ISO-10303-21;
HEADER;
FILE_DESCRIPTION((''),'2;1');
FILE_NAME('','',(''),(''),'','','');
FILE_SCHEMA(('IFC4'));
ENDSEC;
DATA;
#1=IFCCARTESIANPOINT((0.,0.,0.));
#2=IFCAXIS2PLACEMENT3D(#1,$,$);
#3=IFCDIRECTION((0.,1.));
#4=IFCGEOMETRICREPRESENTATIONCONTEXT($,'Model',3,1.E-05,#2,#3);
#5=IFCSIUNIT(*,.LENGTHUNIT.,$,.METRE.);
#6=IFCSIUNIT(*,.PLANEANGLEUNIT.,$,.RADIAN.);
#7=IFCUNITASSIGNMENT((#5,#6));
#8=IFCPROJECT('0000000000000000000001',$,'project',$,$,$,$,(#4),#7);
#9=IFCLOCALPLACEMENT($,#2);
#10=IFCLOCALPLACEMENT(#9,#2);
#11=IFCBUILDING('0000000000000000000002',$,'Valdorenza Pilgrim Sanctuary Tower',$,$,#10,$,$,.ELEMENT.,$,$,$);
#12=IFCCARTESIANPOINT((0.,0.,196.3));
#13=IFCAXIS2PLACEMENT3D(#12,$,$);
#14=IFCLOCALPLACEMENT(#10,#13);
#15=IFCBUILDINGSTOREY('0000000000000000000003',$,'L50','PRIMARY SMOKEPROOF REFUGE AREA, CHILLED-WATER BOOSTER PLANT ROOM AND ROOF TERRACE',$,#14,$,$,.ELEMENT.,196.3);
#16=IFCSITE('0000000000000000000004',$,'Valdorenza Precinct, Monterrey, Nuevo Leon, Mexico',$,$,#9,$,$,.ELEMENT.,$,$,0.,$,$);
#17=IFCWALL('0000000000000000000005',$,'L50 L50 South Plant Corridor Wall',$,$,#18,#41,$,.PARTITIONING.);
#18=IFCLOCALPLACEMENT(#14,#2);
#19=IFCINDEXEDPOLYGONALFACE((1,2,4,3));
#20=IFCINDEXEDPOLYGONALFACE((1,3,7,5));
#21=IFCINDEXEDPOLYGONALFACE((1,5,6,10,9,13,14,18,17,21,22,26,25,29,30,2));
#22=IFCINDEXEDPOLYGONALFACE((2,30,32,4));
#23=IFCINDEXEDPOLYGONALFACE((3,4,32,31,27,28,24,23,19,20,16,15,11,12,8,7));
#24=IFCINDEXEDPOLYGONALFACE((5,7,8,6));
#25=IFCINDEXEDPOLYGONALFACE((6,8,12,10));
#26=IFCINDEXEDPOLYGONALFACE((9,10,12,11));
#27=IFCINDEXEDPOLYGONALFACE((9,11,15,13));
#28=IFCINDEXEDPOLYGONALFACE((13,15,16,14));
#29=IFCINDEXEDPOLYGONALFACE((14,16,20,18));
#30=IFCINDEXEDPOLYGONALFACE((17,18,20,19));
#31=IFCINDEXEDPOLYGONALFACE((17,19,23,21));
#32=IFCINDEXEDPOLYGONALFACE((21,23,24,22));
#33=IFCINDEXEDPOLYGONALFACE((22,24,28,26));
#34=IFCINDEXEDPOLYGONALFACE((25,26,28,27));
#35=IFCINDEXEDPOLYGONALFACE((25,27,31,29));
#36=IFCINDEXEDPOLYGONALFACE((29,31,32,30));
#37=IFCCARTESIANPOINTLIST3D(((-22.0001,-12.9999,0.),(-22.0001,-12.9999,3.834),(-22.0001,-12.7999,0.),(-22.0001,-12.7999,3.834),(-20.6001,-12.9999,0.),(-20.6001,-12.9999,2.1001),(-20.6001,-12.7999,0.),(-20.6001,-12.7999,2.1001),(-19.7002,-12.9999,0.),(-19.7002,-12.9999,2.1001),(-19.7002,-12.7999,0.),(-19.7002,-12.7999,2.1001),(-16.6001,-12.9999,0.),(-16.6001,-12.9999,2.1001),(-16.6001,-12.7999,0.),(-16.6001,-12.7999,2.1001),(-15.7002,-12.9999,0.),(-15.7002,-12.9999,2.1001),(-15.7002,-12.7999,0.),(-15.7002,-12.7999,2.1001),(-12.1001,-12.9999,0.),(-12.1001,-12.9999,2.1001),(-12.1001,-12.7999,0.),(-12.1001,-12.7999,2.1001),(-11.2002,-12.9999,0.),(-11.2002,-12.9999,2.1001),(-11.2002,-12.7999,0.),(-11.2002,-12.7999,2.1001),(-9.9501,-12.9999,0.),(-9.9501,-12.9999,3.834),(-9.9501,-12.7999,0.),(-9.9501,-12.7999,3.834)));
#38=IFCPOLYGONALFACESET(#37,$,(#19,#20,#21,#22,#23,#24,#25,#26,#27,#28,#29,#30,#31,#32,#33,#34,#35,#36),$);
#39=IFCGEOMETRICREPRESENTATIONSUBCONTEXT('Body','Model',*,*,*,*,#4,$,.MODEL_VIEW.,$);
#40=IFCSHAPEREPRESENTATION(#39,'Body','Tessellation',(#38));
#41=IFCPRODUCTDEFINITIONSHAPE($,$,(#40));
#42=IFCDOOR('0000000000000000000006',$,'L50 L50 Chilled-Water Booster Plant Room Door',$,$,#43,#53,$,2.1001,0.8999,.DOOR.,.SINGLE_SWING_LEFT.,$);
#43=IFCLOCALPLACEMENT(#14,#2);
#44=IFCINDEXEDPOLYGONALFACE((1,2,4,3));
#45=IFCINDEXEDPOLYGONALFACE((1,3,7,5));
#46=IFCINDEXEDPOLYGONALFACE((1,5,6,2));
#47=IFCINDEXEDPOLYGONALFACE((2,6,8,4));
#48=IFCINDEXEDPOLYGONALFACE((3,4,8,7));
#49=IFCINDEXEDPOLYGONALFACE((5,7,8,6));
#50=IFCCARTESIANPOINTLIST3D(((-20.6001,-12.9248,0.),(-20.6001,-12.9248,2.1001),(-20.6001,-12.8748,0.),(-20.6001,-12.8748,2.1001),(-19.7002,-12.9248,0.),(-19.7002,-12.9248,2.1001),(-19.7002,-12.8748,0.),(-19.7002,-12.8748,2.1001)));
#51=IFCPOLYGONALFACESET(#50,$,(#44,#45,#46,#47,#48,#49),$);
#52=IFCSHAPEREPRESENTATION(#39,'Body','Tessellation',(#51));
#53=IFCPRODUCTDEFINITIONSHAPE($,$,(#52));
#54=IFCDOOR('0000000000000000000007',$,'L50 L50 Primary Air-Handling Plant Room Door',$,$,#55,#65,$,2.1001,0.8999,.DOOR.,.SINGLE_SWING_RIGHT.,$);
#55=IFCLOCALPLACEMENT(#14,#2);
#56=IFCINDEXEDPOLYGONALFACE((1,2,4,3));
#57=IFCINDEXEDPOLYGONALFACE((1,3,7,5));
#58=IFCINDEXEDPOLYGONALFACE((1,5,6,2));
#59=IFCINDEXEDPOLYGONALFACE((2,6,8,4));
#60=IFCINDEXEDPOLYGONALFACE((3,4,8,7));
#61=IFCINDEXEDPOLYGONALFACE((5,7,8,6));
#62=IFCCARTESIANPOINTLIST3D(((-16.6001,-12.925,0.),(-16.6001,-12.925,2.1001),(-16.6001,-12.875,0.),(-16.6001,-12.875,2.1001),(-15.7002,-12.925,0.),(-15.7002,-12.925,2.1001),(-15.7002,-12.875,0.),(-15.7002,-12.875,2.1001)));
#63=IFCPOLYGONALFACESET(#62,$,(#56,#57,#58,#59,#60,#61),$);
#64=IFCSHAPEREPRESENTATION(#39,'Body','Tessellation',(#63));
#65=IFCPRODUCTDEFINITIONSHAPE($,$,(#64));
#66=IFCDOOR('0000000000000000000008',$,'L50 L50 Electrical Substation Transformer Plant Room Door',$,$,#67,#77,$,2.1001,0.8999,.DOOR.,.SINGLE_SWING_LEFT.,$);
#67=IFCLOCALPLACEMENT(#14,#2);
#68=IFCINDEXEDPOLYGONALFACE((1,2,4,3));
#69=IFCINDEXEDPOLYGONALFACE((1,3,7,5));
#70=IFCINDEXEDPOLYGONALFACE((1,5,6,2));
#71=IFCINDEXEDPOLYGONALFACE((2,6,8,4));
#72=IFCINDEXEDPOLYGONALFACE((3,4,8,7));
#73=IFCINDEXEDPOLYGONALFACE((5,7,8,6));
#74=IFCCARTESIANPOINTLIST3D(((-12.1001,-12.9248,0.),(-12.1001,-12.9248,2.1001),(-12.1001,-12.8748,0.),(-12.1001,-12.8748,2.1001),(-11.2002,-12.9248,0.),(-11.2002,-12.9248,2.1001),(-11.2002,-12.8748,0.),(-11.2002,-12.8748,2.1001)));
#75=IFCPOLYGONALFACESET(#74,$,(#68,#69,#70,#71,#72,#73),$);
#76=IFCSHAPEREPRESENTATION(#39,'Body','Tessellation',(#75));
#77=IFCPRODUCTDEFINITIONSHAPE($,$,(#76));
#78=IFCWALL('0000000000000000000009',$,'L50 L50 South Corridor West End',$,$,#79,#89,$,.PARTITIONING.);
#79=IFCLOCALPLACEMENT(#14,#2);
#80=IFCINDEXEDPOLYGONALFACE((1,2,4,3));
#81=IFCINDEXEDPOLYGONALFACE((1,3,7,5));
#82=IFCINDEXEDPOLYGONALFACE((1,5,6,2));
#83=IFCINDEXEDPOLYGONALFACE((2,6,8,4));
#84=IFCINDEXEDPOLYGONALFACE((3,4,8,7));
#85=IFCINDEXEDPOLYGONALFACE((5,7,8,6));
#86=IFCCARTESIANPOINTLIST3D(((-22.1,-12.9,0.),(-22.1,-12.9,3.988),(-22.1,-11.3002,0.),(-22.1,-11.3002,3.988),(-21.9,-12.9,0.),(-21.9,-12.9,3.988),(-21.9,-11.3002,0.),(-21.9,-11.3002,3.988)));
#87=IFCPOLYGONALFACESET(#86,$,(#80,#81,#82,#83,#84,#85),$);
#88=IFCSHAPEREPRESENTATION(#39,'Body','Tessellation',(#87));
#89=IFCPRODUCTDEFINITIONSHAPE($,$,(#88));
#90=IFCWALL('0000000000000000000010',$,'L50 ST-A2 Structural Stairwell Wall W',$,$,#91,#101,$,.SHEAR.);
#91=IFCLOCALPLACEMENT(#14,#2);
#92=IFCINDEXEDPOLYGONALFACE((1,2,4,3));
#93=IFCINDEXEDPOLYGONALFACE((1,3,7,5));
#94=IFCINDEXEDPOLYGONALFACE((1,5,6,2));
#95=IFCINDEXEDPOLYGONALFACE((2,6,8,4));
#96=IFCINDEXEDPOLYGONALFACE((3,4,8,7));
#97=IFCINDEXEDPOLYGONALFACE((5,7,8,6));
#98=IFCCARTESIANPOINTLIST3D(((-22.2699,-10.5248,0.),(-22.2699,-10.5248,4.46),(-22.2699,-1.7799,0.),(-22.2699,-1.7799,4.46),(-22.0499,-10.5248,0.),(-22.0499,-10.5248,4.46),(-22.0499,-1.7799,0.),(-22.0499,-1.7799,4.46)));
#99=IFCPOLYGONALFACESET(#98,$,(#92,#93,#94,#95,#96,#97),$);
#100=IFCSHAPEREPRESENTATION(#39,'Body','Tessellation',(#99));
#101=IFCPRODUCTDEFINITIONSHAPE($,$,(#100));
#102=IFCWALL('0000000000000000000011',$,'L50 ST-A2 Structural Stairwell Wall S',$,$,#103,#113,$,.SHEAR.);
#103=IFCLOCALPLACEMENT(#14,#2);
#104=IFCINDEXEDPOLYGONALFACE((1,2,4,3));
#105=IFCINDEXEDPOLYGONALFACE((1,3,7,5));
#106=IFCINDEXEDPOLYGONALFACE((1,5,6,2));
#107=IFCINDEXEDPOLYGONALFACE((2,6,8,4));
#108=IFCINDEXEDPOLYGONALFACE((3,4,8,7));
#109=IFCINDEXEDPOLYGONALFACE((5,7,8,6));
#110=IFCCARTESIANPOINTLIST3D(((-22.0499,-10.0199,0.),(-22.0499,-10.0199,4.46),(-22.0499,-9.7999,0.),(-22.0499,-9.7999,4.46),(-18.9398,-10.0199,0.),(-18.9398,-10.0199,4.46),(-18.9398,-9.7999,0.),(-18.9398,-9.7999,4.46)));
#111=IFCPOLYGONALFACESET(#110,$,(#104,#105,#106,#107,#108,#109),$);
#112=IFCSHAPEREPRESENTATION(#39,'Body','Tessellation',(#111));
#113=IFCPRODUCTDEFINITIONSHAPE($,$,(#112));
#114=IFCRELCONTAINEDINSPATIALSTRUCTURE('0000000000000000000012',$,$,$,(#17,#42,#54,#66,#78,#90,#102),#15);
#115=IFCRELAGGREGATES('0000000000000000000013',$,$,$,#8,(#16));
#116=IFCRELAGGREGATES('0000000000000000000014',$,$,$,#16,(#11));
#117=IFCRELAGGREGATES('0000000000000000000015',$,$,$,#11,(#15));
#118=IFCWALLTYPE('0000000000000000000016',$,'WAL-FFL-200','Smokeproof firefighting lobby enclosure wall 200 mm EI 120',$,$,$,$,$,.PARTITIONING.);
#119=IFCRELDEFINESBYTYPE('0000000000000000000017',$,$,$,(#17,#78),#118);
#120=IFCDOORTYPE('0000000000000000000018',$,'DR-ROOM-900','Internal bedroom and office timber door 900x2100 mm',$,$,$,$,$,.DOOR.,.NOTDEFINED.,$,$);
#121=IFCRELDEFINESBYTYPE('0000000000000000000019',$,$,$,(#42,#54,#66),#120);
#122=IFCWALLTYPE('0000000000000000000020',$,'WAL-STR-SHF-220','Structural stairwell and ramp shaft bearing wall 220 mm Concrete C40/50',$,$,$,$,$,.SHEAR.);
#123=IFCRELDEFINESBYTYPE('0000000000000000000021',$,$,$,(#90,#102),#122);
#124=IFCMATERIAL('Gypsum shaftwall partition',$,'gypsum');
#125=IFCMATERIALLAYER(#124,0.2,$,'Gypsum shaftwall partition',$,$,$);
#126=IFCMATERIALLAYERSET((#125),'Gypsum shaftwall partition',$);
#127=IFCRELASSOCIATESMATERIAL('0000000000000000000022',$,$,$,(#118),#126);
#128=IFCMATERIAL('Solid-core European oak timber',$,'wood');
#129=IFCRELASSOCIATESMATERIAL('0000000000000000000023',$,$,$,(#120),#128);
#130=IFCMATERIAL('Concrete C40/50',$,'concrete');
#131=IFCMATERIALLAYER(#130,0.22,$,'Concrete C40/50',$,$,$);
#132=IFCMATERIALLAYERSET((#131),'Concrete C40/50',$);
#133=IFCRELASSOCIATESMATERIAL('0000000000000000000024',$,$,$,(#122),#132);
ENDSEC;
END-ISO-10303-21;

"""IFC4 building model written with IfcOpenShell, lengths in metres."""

from ifc_helpers import new_model, si_unit, direction, frame, frame_2d, origin, place, context, subcontext, project, spatial, rectangle, extrude, material, layer, layer_set, type_object, element, fill, save


model = new_model("IFC4")

# Units and contexts
model_context = context("Model", 3, precision=1e-05, world=origin(), true_north=direction((0.0, 1.0)))
body_context = subcontext(model_context, "Body", "Model", "MODEL_VIEW")
ifc_project = project(units=[si_unit("LENGTHUNIT", "METRE"), si_unit("PLANEANGLEUNIT", "RADIAN")], contexts=[model_context])

# Site, building, storey
site_placement = place(None, origin())
site = spatial("IfcSite", under=ifc_project, at=site_placement, Name="Valdorenza Precinct, Monterrey, Nuevo Leon, Mexico", CompositionType="ELEMENT", RefElevation=0.0)
building_placement = place(site_placement, origin())
building = spatial("IfcBuilding", under=site, at=building_placement, Name="Valdorenza Pilgrim Sanctuary Tower", CompositionType="ELEMENT")
storey_placement = place(building_placement, frame((0.0, 0.0, 196.3)))
storey = spatial("IfcBuildingStorey", under=building, at=storey_placement, Name="L50", Description="PRIMARY SMOKEPROOF REFUGE AREA, CHILLED-WATER BOOSTER PLANT ROOM AND ROOF TERRACE", CompositionType="ELEMENT", Elevation=196.3)

# Wall, openings, doors
ifc_material_1 = material(Name="Gypsum shaftwall partition", Category="gypsum")
ifc_layer_1 = layer(ifc_material_1, 0.2, Name="Gypsum shaftwall partition")
ifc_layer_set_1 = layer_set([ifc_layer_1], Name="Gypsum shaftwall partition")
wall_type_1 = type_object("IfcWallType", Name="WAL-FFL-200", Description="Smokeproof firefighting lobby enclosure wall 200 mm EI 120", PredefinedType="PARTITIONING", material=ifc_layer_set_1)
wall_1_placement = place(storey_placement, frame((-22.0, -12.8999, 0.0), z_axis=(0.0, 0.0, 1.0), x_axis=(1.0, 0.0, 0.0)))
wall_1 = element("IfcWall", 1, at=wall_1_placement, inside=storey, type_object=wall_type_1, Name="L50 L50 South Plant Corridor Wall", PredefinedType="PARTITIONING", context=body_context, shape_type="SweptSolid", body=[
    extrude(rectangle(XDim=12.05, YDim=0.2, at=frame_2d((6.0249, 0.0))), origin(), (0.0, 0.0, 1.0), 3.834),
])
opening_1_placement = place(wall_1_placement, frame((1.3999, 0.0, 0.0)))
opening_1 = element("IfcOpeningElement", 2, at=opening_1_placement, cuts=wall_1, PredefinedType="OPENING", context=body_context, shape_type="SweptSolid", body=[
    extrude(rectangle(XDim=0.8999, YDim=2.1001, at=frame_2d((0.45, 1.05))), frame((0.0, 0.1147, 0.0), z_axis=(0.0, -1.0, 0.0), x_axis=(1.0, 0.0, 0.0)), (0.0, 0.0, 1.0), 0.2297),
])
opening_2_placement = place(wall_1_placement, frame((5.3999, 0.0, 0.0)))
opening_2 = element("IfcOpeningElement", 3, at=opening_2_placement, cuts=wall_1, PredefinedType="OPENING", context=body_context, shape_type="SweptSolid", body=[
    extrude(rectangle(XDim=0.8999, YDim=2.1001, at=frame_2d((0.45, 1.05))), frame((0.0, 0.1147, 0.0), z_axis=(0.0, -1.0, 0.0), x_axis=(1.0, 0.0, 0.0)), (0.0, 0.0, 1.0), 0.2297),
])
opening_3_placement = place(wall_1_placement, frame((9.8999, 0.0, 0.0)))
opening_3 = element("IfcOpeningElement", 4, at=opening_3_placement, cuts=wall_1, PredefinedType="OPENING", context=body_context, shape_type="SweptSolid", body=[
    extrude(rectangle(XDim=0.8999, YDim=2.1001, at=frame_2d((0.45, 1.05))), frame((0.0, 0.1147, 0.0), z_axis=(0.0, -1.0, 0.0), x_axis=(1.0, 0.0, 0.0)), (0.0, 0.0, 1.0), 0.2297),
])
ifc_material_2 = material(Name="Solid-core European oak timber", Category="wood")
door_type = type_object("IfcDoorType", Name="DR-ROOM-900", Description="Internal bedroom and office timber door 900x2100 mm", OperationType="NOTDEFINED", PredefinedType="DOOR", material=ifc_material_2)
door_1_placement = place(opening_1_placement, frame((0.8999, 0.0, 0.0), z_axis=(0.0, 0.0, 1.0), x_axis=(-1.0, 0.0, 0.0)))
door_1 = element("IfcDoor", 5, at=door_1_placement, inside=storey, type_object=door_type, Name="L50 L50 Chilled-Water Booster Plant Room Door", OperationType="SINGLE_SWING_LEFT", OverallHeight=2.1001, OverallWidth=0.8999, PredefinedType="DOOR", context=body_context, shape_type="SweptSolid", body=[
    extrude(rectangle(XDim=0.8999, YDim=2.1001, at=frame_2d((0.45, 1.05))), frame((0.0, 0.0249, 0.0), z_axis=(0.0, -1.0, 0.0), x_axis=(1.0, 0.0, 0.0)), (0.0, 0.0, 1.0), 0.05),
])
fill(opening_1, door_1)
door_2_placement = place(opening_2_placement, origin())
door_2 = element("IfcDoor", 6, at=door_2_placement, inside=storey, type_object=door_type, Name="L50 L50 Primary Air-Handling Plant Room Door", OperationType="SINGLE_SWING_RIGHT", OverallHeight=2.1001, OverallWidth=0.8999, PredefinedType="DOOR", context=body_context, shape_type="SweptSolid", body=[
    extrude(rectangle(XDim=0.8999, YDim=2.1001, at=frame_2d((0.45, 1.05))), frame((0.0, 0.0249, 0.0), z_axis=(0.0, -1.0, 0.0), x_axis=(1.0, 0.0, 0.0)), (0.0, 0.0, 1.0), 0.05),
])
fill(opening_2, door_2)
door_3_placement = place(opening_3_placement, frame((0.8999, 0.0, 0.0), z_axis=(0.0, 0.0, 1.0), x_axis=(-1.0, 0.0, 0.0)))
door_3 = element("IfcDoor", 7, at=door_3_placement, inside=storey, type_object=door_type, Name="L50 L50 Electrical Substation Transformer Plant Room Door", OperationType="SINGLE_SWING_LEFT", OverallHeight=2.1001, OverallWidth=0.8999, PredefinedType="DOOR", context=body_context, shape_type="SweptSolid", body=[
    extrude(rectangle(XDim=0.8999, YDim=2.1001, at=frame_2d((0.45, 1.05))), frame((0.0, 0.0249, 0.0), z_axis=(0.0, -1.0, 0.0), x_axis=(1.0, 0.0, 0.0)), (0.0, 0.0, 1.0), 0.05),
])
fill(opening_3, door_3)

# Walls
wall_2_placement = place(storey_placement, frame((-22.0, -12.8999, 0.0), z_axis=(0.0, 0.0, 1.0), x_axis=(0.0, 1.0, 0.0)))
element("IfcWall", 8, at=wall_2_placement, inside=storey, type_object=wall_type_1, Name="L50 L50 South Corridor West End", PredefinedType="PARTITIONING", context=body_context, shape_type="SweptSolid", body=[
    extrude(rectangle(XDim=1.5999, YDim=0.2, at=frame_2d((0.7998, 0.0))), origin(), (0.0, 0.0, 1.0), 3.988),
])
ifc_material_3 = material(Name="Concrete C40/50", Category="concrete")
ifc_layer_2 = layer(ifc_material_3, 0.22, Name="Concrete C40/50")
ifc_layer_set_2 = layer_set([ifc_layer_2], Name="Concrete C40/50")
wall_type_2 = type_object("IfcWallType", Name="WAL-STR-SHF-220", Description="Structural stairwell and ramp shaft bearing wall 220 mm Concrete C40/50", PredefinedType="SHEAR", material=ifc_layer_set_2)
wall_3_placement = place(storey_placement, frame((-22.1599, -10.5249, 0.0), z_axis=(0.0, 0.0, 1.0), x_axis=(0.0, 1.0, 0.0)))
element("IfcWall", 9, at=wall_3_placement, inside=storey, type_object=wall_type_2, Name="L50 ST-A2 Structural Stairwell Wall W", PredefinedType="SHEAR", context=body_context, shape_type="SweptSolid", body=[
    extrude(rectangle(XDim=8.7449, YDim=0.22, at=frame_2d((4.3726, 0.0))), origin(), (0.0, 0.0, 1.0), 4.46),
])
wall_4_placement = place(storey_placement, frame((-22.05, -9.9099, 0.0), z_axis=(0.0, 0.0, 1.0), x_axis=(1.0, 0.0, 0.0)))
element("IfcWall", 10, at=wall_4_placement, inside=storey, type_object=wall_type_2, Name="L50 ST-A2 Structural Stairwell Wall S", PredefinedType="SHEAR", context=body_context, shape_type="SweptSolid", body=[
    extrude(rectangle(XDim=3.1101, YDim=0.22, at=frame_2d((1.5552, 0.0))), origin(), (0.0, 0.0, 1.0), 4.46),
])

save(model, "model.ifc")
